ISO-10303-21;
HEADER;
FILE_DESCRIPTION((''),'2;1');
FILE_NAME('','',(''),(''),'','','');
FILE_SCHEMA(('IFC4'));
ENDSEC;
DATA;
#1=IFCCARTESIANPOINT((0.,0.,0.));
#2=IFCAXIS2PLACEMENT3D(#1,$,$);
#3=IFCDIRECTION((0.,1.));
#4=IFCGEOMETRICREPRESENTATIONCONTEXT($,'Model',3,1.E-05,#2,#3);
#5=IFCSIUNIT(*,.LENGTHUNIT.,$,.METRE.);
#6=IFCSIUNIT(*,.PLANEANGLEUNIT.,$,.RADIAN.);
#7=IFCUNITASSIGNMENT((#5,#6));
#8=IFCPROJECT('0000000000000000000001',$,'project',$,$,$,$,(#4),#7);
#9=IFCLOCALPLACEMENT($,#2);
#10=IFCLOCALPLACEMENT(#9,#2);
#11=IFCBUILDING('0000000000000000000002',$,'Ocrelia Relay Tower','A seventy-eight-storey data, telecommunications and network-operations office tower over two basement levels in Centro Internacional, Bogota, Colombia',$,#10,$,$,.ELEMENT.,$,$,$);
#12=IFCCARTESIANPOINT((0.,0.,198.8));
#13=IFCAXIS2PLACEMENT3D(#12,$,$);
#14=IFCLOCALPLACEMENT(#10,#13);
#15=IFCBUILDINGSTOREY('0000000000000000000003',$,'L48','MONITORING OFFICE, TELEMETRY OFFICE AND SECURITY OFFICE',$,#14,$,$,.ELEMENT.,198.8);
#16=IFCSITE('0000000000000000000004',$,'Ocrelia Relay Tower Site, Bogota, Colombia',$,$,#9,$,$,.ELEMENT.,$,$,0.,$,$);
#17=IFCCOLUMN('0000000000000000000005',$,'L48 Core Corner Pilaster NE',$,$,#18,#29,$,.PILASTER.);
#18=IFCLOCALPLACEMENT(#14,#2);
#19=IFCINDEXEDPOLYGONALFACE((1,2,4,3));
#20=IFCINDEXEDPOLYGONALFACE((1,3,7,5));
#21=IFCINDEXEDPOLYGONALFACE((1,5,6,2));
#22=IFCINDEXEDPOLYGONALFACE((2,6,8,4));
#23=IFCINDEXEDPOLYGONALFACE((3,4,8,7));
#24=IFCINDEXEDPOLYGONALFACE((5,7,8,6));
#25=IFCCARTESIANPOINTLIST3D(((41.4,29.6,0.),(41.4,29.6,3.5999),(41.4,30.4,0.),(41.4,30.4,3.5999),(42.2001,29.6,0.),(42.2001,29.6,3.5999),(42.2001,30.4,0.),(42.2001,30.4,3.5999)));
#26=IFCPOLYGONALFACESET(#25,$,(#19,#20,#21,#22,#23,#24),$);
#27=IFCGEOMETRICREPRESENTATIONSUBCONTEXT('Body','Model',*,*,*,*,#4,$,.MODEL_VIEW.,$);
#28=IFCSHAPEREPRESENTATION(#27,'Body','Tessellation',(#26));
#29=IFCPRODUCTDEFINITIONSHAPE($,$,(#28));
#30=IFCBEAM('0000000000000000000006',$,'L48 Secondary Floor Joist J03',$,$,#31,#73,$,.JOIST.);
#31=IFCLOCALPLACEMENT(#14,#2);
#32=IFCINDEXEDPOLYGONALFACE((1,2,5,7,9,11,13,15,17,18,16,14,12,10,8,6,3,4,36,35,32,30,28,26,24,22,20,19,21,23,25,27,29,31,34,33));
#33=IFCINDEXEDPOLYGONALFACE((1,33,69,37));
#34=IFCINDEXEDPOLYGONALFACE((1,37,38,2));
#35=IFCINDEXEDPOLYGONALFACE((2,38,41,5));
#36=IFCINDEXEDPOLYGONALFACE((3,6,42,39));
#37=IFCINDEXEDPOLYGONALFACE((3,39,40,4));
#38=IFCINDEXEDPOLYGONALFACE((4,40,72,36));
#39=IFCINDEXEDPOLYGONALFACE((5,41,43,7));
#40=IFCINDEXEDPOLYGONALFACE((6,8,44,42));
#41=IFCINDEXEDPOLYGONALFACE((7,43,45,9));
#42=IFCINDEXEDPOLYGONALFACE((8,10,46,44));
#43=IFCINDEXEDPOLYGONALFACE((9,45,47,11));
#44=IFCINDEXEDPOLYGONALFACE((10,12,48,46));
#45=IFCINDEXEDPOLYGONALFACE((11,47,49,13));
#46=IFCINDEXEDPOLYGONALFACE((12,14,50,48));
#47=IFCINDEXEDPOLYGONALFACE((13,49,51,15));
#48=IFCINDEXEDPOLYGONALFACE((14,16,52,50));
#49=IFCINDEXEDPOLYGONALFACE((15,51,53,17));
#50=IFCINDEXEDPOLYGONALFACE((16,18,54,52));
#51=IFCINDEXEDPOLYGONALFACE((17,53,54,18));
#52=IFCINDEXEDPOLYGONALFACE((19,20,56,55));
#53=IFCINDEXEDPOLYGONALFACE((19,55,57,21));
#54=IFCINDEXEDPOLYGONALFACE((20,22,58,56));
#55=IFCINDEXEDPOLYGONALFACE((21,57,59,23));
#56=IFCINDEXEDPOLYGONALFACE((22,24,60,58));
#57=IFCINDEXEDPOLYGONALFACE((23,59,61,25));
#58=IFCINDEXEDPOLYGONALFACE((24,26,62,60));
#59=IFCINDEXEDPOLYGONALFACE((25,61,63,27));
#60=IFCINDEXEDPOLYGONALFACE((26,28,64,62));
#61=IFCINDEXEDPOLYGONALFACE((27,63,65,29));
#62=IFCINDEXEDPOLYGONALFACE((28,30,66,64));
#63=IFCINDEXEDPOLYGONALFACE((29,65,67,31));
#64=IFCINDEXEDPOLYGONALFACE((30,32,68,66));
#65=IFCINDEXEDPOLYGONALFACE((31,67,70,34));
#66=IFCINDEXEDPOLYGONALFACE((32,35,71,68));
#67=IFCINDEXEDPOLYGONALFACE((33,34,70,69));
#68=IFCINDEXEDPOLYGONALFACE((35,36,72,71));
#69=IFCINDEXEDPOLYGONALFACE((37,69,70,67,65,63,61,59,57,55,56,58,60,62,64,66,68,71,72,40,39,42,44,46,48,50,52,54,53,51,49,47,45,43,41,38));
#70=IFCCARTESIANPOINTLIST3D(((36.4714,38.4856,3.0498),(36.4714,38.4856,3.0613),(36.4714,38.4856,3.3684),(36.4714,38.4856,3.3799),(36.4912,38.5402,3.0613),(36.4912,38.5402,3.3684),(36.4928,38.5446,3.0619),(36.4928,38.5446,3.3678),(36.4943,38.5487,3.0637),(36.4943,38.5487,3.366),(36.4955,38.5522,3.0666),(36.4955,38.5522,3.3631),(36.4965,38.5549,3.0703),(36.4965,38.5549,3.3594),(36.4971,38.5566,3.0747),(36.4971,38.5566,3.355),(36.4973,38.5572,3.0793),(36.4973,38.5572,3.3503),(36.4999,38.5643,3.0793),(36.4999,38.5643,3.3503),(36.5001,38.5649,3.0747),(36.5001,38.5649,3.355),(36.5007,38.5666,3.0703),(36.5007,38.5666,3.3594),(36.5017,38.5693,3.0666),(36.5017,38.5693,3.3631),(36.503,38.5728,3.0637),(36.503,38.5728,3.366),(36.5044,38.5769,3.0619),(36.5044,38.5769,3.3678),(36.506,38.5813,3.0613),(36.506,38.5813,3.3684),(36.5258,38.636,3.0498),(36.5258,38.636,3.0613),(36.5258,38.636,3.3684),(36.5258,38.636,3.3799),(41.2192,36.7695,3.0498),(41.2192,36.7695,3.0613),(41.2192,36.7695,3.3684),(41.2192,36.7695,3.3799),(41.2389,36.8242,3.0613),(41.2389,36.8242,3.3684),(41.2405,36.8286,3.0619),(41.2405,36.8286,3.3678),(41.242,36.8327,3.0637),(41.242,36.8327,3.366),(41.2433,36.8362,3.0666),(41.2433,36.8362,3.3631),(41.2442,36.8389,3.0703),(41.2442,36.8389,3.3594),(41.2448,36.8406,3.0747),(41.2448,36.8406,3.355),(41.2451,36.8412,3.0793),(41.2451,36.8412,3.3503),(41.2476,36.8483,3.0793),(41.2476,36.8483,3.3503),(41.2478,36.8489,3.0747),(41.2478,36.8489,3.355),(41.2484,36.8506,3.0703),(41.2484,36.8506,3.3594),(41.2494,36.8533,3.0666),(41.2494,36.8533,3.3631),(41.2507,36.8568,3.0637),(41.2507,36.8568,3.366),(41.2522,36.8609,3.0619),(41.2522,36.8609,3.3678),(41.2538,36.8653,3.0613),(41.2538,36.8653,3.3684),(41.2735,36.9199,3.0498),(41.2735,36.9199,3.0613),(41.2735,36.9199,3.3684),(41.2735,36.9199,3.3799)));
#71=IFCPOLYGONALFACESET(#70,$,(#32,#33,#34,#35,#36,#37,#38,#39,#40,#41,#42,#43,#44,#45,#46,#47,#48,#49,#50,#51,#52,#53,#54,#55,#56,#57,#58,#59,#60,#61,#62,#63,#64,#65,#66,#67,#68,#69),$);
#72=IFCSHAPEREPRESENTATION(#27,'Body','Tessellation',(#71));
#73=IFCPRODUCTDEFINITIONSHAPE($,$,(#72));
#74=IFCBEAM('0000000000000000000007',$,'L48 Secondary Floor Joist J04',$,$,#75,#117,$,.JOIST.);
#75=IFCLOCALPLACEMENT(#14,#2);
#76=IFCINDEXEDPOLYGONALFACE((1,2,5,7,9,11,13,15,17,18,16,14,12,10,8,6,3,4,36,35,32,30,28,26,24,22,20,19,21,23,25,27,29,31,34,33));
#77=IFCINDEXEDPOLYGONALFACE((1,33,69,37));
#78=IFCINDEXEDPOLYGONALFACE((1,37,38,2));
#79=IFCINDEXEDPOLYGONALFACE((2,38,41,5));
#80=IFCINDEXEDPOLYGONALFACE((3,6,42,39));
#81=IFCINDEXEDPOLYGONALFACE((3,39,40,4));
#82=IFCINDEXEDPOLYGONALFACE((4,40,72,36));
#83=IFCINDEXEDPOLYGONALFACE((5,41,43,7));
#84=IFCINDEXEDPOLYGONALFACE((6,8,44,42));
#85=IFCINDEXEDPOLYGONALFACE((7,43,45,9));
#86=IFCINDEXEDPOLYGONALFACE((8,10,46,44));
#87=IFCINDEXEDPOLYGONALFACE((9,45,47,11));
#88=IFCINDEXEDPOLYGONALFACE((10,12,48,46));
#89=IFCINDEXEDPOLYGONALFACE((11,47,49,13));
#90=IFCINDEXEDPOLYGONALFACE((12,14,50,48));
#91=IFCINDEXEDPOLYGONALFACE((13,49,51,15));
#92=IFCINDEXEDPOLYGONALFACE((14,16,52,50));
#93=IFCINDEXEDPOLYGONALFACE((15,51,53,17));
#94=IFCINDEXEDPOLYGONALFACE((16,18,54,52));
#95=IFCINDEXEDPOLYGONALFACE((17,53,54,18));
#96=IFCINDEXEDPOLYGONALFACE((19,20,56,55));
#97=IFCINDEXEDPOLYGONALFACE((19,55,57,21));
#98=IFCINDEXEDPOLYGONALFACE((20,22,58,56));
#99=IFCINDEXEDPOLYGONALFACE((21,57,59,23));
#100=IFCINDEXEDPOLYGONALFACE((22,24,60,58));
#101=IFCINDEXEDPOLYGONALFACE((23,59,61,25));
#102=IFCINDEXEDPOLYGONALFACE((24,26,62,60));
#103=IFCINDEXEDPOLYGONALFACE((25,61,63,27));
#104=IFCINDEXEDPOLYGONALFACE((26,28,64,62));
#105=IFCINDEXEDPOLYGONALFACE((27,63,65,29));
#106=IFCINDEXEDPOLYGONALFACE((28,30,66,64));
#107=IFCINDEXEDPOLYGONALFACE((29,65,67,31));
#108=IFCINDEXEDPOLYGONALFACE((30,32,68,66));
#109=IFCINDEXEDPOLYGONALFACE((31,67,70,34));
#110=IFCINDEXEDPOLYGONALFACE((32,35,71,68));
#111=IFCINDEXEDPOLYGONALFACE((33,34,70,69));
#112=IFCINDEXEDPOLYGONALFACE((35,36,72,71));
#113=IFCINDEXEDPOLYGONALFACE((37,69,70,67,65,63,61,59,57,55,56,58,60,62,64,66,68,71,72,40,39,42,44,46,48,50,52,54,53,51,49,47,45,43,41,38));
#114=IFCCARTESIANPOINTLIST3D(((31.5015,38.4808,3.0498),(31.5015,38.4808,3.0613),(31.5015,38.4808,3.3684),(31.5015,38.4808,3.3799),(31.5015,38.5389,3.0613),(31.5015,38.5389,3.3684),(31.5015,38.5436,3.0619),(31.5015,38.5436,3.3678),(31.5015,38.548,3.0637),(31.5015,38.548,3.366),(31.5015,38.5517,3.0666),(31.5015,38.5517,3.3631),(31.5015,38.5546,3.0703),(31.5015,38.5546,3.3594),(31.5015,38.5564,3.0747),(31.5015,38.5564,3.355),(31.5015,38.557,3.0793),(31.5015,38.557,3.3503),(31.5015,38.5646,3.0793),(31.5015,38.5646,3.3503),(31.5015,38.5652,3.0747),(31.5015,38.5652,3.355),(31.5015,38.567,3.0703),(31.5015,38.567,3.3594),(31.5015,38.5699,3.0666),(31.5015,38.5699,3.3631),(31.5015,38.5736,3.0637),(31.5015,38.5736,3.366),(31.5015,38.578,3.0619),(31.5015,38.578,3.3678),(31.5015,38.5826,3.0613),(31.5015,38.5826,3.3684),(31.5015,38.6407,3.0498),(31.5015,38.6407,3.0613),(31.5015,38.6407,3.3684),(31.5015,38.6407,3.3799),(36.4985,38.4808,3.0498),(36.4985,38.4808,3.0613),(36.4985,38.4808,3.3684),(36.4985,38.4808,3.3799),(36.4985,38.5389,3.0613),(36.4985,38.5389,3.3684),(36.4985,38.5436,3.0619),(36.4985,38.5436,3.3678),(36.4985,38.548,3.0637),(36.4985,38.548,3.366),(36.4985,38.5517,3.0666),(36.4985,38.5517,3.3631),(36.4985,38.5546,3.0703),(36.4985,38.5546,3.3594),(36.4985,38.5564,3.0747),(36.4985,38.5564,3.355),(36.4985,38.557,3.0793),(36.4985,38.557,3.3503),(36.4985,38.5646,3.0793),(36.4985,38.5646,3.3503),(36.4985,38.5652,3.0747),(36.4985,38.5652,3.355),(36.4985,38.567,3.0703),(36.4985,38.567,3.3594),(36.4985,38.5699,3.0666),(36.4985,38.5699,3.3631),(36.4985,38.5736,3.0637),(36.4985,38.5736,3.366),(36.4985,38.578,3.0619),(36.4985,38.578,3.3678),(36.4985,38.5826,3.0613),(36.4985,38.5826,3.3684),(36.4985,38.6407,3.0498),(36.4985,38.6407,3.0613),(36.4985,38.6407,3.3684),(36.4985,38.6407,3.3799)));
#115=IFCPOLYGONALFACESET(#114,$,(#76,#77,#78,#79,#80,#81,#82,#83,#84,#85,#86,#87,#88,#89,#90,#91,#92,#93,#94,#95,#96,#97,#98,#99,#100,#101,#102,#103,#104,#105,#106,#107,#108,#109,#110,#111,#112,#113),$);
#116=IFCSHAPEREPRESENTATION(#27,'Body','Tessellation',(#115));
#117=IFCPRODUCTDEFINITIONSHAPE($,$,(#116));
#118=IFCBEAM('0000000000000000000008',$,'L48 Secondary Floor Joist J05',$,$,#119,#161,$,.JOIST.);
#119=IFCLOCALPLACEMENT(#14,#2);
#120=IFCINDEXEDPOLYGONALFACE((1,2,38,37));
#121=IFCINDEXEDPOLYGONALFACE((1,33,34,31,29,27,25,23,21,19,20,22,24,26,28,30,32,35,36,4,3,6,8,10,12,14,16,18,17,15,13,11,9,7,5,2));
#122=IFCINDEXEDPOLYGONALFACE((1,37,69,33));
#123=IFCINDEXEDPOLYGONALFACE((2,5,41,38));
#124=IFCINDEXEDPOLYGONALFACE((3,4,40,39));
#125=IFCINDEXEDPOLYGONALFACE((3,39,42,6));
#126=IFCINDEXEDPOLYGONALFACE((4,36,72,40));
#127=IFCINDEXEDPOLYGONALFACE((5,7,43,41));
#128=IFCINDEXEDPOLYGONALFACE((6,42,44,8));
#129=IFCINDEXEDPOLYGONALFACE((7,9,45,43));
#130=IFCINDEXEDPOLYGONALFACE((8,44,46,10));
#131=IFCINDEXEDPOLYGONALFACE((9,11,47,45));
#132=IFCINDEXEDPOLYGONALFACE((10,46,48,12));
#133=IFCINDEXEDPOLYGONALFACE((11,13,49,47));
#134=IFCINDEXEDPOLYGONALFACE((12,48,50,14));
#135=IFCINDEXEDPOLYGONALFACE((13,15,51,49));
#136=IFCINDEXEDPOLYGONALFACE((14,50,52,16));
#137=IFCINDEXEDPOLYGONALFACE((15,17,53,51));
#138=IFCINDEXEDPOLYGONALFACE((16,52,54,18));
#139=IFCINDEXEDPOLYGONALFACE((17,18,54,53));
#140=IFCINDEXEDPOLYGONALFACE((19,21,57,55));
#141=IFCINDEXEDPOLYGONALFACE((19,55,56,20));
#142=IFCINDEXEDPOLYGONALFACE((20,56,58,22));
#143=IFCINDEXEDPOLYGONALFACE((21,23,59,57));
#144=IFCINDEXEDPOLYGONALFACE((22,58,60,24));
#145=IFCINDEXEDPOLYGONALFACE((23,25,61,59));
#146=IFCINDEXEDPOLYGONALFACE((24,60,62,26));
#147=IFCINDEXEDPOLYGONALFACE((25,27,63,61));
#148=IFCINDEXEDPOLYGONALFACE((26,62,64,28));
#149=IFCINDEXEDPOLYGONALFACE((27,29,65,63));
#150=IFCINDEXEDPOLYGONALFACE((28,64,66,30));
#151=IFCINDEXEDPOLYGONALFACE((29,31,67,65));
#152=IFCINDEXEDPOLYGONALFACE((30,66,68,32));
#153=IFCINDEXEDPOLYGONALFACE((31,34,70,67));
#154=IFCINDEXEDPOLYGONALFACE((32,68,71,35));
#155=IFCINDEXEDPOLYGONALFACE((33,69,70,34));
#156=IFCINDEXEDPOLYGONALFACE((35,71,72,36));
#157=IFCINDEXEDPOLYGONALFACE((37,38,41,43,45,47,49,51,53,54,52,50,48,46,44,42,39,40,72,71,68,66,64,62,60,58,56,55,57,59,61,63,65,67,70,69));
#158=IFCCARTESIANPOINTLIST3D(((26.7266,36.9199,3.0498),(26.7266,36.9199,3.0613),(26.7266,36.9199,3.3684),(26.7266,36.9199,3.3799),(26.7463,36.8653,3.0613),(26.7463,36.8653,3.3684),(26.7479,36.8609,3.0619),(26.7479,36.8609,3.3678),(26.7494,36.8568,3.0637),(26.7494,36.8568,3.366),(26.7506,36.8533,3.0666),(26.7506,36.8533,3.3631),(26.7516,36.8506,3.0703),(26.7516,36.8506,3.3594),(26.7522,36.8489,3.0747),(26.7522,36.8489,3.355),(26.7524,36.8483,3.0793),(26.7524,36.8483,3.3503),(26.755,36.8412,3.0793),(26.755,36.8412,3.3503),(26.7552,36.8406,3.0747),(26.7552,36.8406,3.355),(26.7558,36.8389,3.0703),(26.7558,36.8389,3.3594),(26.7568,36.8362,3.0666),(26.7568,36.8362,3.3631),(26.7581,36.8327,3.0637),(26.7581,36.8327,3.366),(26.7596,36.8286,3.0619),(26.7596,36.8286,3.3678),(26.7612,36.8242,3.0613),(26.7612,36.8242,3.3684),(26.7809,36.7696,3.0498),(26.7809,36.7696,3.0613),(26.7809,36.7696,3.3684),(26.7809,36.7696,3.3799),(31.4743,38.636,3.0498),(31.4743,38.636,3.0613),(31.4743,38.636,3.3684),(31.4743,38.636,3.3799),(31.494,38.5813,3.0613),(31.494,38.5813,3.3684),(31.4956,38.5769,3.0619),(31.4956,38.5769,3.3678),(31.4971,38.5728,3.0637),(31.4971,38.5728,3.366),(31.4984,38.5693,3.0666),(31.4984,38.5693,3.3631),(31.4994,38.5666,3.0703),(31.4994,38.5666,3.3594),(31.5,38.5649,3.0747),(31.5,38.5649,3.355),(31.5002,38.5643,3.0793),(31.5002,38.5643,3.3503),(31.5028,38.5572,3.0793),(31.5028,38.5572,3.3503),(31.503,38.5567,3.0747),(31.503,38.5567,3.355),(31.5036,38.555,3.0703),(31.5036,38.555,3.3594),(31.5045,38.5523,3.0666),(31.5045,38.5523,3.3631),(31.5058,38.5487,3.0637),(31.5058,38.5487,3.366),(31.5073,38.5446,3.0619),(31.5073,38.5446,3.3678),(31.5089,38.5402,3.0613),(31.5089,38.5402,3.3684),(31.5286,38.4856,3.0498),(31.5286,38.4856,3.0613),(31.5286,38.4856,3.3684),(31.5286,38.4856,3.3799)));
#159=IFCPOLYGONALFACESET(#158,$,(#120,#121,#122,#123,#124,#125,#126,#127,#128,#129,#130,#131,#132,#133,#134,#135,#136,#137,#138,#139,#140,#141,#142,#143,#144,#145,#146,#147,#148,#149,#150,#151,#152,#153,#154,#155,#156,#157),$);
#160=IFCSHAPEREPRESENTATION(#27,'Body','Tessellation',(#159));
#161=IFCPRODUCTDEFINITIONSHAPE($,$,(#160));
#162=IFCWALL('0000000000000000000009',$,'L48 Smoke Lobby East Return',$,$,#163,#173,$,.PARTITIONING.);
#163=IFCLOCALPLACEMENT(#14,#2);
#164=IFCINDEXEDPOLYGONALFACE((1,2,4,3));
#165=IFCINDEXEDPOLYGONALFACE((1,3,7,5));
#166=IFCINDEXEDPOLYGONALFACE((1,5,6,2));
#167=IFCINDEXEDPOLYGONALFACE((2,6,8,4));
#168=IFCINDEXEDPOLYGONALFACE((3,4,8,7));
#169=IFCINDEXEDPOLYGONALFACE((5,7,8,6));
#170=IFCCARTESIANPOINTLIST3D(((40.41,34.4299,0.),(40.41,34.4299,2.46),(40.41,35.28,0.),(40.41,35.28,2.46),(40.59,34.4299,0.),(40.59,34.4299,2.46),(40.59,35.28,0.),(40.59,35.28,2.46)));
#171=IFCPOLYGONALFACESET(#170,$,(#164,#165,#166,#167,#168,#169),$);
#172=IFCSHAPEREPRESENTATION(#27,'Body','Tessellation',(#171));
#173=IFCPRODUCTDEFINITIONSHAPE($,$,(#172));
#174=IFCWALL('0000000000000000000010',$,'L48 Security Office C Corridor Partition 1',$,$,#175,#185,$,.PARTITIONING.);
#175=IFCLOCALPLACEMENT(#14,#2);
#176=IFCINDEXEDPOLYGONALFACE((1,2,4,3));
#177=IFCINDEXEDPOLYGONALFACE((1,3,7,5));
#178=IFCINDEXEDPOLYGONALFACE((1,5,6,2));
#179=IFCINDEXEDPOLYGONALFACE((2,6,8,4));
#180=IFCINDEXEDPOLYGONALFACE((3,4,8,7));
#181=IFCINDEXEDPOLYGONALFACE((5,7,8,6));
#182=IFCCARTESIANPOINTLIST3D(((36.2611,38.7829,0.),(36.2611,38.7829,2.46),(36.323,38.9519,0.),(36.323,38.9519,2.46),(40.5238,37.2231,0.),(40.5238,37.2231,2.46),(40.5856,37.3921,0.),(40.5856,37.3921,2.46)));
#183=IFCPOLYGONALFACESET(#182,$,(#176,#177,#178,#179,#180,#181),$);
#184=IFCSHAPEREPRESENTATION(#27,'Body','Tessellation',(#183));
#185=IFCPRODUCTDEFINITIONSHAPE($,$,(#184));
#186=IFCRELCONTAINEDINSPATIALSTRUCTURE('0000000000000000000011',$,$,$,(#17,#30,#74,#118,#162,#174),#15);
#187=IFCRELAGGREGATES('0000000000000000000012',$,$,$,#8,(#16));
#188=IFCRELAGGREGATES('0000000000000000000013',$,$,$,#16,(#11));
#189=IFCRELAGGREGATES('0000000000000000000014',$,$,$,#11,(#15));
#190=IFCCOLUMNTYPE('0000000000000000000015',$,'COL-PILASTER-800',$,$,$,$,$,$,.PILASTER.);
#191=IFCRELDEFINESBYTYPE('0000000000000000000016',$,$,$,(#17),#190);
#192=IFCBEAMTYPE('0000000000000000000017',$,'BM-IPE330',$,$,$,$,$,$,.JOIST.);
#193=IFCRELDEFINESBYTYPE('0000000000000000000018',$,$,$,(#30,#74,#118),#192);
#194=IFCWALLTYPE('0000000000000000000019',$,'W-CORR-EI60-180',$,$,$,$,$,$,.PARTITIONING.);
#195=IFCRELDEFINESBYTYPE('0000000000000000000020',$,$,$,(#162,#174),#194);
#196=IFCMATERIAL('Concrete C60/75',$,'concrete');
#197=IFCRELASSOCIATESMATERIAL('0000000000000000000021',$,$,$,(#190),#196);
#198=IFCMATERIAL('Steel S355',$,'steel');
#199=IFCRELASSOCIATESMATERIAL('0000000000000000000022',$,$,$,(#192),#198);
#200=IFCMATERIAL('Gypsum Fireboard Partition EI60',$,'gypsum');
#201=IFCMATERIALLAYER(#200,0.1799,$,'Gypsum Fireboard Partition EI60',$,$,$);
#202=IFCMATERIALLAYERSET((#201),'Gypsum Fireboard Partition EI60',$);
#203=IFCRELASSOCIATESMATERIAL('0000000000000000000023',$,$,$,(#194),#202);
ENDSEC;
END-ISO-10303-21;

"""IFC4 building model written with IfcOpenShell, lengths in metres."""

from ifc_helpers import new_model, si_unit, direction, frame, frame_2d, origin, origin_2d, place, context, subcontext, project, spatial, rectangle, i_section, extrude, material, layer, layer_set, material_profile, profile_set, type_object, element, save


model = new_model("IFC4")

# Units and contexts
model_context = context("Model", 3, precision=1e-05, world=origin(), true_north=direction((0.0, 1.0)))
body_context = subcontext(model_context, "Body", "Model", "MODEL_VIEW")
ifc_project = project(units=[si_unit("LENGTHUNIT", "METRE"), si_unit("PLANEANGLEUNIT", "RADIAN")], contexts=[model_context])

# Site, building, storey
site_placement = place(None, origin())
site = spatial("IfcSite", under=ifc_project, at=site_placement, Name="Ocrelia Relay Tower Site, Bogota, Colombia", CompositionType="ELEMENT", RefElevation=0.0)
building_placement = place(site_placement, origin())
building = spatial("IfcBuilding", under=site, at=building_placement, Name="Ocrelia Relay Tower", Description="A seventy-eight-storey data, telecommunications and network-operations office tower over two basement levels in Centro Internacional, Bogota, Colombia", CompositionType="ELEMENT")
storey_placement = place(building_placement, frame((0.0, 0.0, 198.8)))
storey = spatial("IfcBuildingStorey", under=building, at=storey_placement, Name="L48", Description="MONITORING OFFICE, TELEMETRY OFFICE AND SECURITY OFFICE", CompositionType="ELEMENT", Elevation=198.8)

# Column
ifc_material_1 = material(Name="Concrete C60/75", Category="concrete")
ifc_material_profile_1 = material_profile(ifc_material_1, rectangle(XDim=0.8, YDim=0.8, at=origin_2d()), Name="RC-COL-800x800")
ifc_profile_set_1 = profile_set([ifc_material_profile_1], Name="Concrete C60/75")
column_type = type_object("IfcColumnType", Name="COL-PILASTER-800", PredefinedType="PILASTER", material=ifc_profile_set_1)
column_placement = place(storey_placement, frame((41.8, 30.0, 0.0), z_axis=(0.0, 0.0, 1.0), x_axis=(1.0, 0.0, 0.0)))
element("IfcColumn", 1, at=column_placement, inside=storey, type_object=column_type, Name="L48 Core Corner Pilaster NE", PredefinedType="PILASTER", context=body_context, shape_type="SweptSolid", body=[
    extrude(rectangle(XDim=0.8, YDim=0.8, at=origin_2d()), origin(), (0.0, 0.0, 1.0), 3.5999),
])

# Beams
ifc_material_2 = material(Name="Steel S355", Category="steel")
ifc_material_profile_2 = material_profile(ifc_material_2, i_section(OverallWidth=0.1599, OverallDepth=0.3301, WebThickness=0.0076, FlangeThickness=0.0115, FilletRadius=0.0181, at=origin_2d()), Name="IPE 330")
ifc_profile_set_2 = profile_set([ifc_material_profile_2], Name="Steel S355")
beam_type = type_object("IfcBeamType", Name="BM-IPE330", PredefinedType="JOIST", material=ifc_profile_set_2)
beam_1_placement = place(storey_placement, frame((41.2463, 36.8447, 3.2148), z_axis=(-0.940454, 0.339921, 0.0), x_axis=(-0.339921, -0.940454, 0.0)))
element("IfcBeam", 2, at=beam_1_placement, inside=storey, type_object=beam_type, Name="L48 Secondary Floor Joist J03", PredefinedType="JOIST", context=body_context, shape_type="SweptSolid", body=[
    extrude(i_section(OverallWidth=0.1599, OverallDepth=0.3301, WebThickness=0.0076, FlangeThickness=0.0115, FilletRadius=0.0181, at=origin_2d()), origin(), (0.0, 0.0, 1.0), 5.0483),
])
beam_2_placement = place(storey_placement, frame((36.4985, 38.5608, 3.2148), z_axis=(-1.0, 0.0, 0.0), x_axis=(0.0, -1.0, 0.0)))
element("IfcBeam", 3, at=beam_2_placement, inside=storey, type_object=beam_type, Name="L48 Secondary Floor Joist J04", PredefinedType="JOIST", context=body_context, shape_type="SweptSolid", body=[
    extrude(i_section(OverallWidth=0.1599, OverallDepth=0.3301, WebThickness=0.0076, FlangeThickness=0.0115, FilletRadius=0.0181, at=origin_2d()), origin(), (0.0, 0.0, 1.0), 4.9971),
])
beam_3_placement = place(storey_placement, frame((31.5015, 38.5608, 3.2148), z_axis=(-0.940454, -0.339921, 0.0), x_axis=(0.339921, -0.940454, 0.0)))
element("IfcBeam", 4, at=beam_3_placement, inside=storey, type_object=beam_type, Name="L48 Secondary Floor Joist J05", PredefinedType="JOIST", context=body_context, shape_type="SweptSolid", body=[
    extrude(i_section(OverallWidth=0.1599, OverallDepth=0.3301, WebThickness=0.0076, FlangeThickness=0.0115, FilletRadius=0.0181, at=origin_2d()), origin(), (0.0, 0.0, 1.0), 5.0483),
])

# Wall
ifc_material_3 = material(Name="Gypsum Fireboard Partition EI60", Category="gypsum")
ifc_layer_1 = layer(ifc_material_3, 0.1799, Name="Gypsum Fireboard Partition EI60")
ifc_layer_set_1 = layer_set([ifc_layer_1], Name="Gypsum Fireboard Partition EI60")
wall_type_1 = type_object("IfcWallType", Name="W-CORR-EI60-180", PredefinedType="PARTITIONING", material=ifc_layer_set_1)
wall_1_placement = place(storey_placement, frame((40.5, 35.28, 0.0), z_axis=(0.0, 0.0, 1.0), x_axis=(0.0, -1.0, 0.0)))
element("IfcWall", 5, at=wall_1_placement, inside=storey, type_object=wall_type_1, Name="L48 Smoke Lobby East Return", PredefinedType="PARTITIONING", context=body_context, shape_type="SweptSolid", body=[
    extrude(rectangle(XDim=0.8501, YDim=0.1799, at=frame_2d((0.425, 0.0))), origin(), (0.0, 0.0, 1.0), 2.46),
])

# Wall
wall_2_placement = place(storey_placement, frame((40.5547, 37.3076, 0.0), z_axis=(0.0, 0.0, 1.0), x_axis=(-0.939102, 0.343638, 0.0)))
element("IfcWall", 6, at=wall_2_placement, inside=storey, type_object=wall_type_1, Name="L48 Security Office C Corridor Partition 1", PredefinedType="PARTITIONING", context=body_context, shape_type="SweptSolid", body=[
    extrude(rectangle(XDim=4.5391, YDim=0.1799, at=frame_2d((2.2695, 0.0))), origin(), (0.0, 0.0, 1.0), 2.46),
])

save(model, "model.ifc")
